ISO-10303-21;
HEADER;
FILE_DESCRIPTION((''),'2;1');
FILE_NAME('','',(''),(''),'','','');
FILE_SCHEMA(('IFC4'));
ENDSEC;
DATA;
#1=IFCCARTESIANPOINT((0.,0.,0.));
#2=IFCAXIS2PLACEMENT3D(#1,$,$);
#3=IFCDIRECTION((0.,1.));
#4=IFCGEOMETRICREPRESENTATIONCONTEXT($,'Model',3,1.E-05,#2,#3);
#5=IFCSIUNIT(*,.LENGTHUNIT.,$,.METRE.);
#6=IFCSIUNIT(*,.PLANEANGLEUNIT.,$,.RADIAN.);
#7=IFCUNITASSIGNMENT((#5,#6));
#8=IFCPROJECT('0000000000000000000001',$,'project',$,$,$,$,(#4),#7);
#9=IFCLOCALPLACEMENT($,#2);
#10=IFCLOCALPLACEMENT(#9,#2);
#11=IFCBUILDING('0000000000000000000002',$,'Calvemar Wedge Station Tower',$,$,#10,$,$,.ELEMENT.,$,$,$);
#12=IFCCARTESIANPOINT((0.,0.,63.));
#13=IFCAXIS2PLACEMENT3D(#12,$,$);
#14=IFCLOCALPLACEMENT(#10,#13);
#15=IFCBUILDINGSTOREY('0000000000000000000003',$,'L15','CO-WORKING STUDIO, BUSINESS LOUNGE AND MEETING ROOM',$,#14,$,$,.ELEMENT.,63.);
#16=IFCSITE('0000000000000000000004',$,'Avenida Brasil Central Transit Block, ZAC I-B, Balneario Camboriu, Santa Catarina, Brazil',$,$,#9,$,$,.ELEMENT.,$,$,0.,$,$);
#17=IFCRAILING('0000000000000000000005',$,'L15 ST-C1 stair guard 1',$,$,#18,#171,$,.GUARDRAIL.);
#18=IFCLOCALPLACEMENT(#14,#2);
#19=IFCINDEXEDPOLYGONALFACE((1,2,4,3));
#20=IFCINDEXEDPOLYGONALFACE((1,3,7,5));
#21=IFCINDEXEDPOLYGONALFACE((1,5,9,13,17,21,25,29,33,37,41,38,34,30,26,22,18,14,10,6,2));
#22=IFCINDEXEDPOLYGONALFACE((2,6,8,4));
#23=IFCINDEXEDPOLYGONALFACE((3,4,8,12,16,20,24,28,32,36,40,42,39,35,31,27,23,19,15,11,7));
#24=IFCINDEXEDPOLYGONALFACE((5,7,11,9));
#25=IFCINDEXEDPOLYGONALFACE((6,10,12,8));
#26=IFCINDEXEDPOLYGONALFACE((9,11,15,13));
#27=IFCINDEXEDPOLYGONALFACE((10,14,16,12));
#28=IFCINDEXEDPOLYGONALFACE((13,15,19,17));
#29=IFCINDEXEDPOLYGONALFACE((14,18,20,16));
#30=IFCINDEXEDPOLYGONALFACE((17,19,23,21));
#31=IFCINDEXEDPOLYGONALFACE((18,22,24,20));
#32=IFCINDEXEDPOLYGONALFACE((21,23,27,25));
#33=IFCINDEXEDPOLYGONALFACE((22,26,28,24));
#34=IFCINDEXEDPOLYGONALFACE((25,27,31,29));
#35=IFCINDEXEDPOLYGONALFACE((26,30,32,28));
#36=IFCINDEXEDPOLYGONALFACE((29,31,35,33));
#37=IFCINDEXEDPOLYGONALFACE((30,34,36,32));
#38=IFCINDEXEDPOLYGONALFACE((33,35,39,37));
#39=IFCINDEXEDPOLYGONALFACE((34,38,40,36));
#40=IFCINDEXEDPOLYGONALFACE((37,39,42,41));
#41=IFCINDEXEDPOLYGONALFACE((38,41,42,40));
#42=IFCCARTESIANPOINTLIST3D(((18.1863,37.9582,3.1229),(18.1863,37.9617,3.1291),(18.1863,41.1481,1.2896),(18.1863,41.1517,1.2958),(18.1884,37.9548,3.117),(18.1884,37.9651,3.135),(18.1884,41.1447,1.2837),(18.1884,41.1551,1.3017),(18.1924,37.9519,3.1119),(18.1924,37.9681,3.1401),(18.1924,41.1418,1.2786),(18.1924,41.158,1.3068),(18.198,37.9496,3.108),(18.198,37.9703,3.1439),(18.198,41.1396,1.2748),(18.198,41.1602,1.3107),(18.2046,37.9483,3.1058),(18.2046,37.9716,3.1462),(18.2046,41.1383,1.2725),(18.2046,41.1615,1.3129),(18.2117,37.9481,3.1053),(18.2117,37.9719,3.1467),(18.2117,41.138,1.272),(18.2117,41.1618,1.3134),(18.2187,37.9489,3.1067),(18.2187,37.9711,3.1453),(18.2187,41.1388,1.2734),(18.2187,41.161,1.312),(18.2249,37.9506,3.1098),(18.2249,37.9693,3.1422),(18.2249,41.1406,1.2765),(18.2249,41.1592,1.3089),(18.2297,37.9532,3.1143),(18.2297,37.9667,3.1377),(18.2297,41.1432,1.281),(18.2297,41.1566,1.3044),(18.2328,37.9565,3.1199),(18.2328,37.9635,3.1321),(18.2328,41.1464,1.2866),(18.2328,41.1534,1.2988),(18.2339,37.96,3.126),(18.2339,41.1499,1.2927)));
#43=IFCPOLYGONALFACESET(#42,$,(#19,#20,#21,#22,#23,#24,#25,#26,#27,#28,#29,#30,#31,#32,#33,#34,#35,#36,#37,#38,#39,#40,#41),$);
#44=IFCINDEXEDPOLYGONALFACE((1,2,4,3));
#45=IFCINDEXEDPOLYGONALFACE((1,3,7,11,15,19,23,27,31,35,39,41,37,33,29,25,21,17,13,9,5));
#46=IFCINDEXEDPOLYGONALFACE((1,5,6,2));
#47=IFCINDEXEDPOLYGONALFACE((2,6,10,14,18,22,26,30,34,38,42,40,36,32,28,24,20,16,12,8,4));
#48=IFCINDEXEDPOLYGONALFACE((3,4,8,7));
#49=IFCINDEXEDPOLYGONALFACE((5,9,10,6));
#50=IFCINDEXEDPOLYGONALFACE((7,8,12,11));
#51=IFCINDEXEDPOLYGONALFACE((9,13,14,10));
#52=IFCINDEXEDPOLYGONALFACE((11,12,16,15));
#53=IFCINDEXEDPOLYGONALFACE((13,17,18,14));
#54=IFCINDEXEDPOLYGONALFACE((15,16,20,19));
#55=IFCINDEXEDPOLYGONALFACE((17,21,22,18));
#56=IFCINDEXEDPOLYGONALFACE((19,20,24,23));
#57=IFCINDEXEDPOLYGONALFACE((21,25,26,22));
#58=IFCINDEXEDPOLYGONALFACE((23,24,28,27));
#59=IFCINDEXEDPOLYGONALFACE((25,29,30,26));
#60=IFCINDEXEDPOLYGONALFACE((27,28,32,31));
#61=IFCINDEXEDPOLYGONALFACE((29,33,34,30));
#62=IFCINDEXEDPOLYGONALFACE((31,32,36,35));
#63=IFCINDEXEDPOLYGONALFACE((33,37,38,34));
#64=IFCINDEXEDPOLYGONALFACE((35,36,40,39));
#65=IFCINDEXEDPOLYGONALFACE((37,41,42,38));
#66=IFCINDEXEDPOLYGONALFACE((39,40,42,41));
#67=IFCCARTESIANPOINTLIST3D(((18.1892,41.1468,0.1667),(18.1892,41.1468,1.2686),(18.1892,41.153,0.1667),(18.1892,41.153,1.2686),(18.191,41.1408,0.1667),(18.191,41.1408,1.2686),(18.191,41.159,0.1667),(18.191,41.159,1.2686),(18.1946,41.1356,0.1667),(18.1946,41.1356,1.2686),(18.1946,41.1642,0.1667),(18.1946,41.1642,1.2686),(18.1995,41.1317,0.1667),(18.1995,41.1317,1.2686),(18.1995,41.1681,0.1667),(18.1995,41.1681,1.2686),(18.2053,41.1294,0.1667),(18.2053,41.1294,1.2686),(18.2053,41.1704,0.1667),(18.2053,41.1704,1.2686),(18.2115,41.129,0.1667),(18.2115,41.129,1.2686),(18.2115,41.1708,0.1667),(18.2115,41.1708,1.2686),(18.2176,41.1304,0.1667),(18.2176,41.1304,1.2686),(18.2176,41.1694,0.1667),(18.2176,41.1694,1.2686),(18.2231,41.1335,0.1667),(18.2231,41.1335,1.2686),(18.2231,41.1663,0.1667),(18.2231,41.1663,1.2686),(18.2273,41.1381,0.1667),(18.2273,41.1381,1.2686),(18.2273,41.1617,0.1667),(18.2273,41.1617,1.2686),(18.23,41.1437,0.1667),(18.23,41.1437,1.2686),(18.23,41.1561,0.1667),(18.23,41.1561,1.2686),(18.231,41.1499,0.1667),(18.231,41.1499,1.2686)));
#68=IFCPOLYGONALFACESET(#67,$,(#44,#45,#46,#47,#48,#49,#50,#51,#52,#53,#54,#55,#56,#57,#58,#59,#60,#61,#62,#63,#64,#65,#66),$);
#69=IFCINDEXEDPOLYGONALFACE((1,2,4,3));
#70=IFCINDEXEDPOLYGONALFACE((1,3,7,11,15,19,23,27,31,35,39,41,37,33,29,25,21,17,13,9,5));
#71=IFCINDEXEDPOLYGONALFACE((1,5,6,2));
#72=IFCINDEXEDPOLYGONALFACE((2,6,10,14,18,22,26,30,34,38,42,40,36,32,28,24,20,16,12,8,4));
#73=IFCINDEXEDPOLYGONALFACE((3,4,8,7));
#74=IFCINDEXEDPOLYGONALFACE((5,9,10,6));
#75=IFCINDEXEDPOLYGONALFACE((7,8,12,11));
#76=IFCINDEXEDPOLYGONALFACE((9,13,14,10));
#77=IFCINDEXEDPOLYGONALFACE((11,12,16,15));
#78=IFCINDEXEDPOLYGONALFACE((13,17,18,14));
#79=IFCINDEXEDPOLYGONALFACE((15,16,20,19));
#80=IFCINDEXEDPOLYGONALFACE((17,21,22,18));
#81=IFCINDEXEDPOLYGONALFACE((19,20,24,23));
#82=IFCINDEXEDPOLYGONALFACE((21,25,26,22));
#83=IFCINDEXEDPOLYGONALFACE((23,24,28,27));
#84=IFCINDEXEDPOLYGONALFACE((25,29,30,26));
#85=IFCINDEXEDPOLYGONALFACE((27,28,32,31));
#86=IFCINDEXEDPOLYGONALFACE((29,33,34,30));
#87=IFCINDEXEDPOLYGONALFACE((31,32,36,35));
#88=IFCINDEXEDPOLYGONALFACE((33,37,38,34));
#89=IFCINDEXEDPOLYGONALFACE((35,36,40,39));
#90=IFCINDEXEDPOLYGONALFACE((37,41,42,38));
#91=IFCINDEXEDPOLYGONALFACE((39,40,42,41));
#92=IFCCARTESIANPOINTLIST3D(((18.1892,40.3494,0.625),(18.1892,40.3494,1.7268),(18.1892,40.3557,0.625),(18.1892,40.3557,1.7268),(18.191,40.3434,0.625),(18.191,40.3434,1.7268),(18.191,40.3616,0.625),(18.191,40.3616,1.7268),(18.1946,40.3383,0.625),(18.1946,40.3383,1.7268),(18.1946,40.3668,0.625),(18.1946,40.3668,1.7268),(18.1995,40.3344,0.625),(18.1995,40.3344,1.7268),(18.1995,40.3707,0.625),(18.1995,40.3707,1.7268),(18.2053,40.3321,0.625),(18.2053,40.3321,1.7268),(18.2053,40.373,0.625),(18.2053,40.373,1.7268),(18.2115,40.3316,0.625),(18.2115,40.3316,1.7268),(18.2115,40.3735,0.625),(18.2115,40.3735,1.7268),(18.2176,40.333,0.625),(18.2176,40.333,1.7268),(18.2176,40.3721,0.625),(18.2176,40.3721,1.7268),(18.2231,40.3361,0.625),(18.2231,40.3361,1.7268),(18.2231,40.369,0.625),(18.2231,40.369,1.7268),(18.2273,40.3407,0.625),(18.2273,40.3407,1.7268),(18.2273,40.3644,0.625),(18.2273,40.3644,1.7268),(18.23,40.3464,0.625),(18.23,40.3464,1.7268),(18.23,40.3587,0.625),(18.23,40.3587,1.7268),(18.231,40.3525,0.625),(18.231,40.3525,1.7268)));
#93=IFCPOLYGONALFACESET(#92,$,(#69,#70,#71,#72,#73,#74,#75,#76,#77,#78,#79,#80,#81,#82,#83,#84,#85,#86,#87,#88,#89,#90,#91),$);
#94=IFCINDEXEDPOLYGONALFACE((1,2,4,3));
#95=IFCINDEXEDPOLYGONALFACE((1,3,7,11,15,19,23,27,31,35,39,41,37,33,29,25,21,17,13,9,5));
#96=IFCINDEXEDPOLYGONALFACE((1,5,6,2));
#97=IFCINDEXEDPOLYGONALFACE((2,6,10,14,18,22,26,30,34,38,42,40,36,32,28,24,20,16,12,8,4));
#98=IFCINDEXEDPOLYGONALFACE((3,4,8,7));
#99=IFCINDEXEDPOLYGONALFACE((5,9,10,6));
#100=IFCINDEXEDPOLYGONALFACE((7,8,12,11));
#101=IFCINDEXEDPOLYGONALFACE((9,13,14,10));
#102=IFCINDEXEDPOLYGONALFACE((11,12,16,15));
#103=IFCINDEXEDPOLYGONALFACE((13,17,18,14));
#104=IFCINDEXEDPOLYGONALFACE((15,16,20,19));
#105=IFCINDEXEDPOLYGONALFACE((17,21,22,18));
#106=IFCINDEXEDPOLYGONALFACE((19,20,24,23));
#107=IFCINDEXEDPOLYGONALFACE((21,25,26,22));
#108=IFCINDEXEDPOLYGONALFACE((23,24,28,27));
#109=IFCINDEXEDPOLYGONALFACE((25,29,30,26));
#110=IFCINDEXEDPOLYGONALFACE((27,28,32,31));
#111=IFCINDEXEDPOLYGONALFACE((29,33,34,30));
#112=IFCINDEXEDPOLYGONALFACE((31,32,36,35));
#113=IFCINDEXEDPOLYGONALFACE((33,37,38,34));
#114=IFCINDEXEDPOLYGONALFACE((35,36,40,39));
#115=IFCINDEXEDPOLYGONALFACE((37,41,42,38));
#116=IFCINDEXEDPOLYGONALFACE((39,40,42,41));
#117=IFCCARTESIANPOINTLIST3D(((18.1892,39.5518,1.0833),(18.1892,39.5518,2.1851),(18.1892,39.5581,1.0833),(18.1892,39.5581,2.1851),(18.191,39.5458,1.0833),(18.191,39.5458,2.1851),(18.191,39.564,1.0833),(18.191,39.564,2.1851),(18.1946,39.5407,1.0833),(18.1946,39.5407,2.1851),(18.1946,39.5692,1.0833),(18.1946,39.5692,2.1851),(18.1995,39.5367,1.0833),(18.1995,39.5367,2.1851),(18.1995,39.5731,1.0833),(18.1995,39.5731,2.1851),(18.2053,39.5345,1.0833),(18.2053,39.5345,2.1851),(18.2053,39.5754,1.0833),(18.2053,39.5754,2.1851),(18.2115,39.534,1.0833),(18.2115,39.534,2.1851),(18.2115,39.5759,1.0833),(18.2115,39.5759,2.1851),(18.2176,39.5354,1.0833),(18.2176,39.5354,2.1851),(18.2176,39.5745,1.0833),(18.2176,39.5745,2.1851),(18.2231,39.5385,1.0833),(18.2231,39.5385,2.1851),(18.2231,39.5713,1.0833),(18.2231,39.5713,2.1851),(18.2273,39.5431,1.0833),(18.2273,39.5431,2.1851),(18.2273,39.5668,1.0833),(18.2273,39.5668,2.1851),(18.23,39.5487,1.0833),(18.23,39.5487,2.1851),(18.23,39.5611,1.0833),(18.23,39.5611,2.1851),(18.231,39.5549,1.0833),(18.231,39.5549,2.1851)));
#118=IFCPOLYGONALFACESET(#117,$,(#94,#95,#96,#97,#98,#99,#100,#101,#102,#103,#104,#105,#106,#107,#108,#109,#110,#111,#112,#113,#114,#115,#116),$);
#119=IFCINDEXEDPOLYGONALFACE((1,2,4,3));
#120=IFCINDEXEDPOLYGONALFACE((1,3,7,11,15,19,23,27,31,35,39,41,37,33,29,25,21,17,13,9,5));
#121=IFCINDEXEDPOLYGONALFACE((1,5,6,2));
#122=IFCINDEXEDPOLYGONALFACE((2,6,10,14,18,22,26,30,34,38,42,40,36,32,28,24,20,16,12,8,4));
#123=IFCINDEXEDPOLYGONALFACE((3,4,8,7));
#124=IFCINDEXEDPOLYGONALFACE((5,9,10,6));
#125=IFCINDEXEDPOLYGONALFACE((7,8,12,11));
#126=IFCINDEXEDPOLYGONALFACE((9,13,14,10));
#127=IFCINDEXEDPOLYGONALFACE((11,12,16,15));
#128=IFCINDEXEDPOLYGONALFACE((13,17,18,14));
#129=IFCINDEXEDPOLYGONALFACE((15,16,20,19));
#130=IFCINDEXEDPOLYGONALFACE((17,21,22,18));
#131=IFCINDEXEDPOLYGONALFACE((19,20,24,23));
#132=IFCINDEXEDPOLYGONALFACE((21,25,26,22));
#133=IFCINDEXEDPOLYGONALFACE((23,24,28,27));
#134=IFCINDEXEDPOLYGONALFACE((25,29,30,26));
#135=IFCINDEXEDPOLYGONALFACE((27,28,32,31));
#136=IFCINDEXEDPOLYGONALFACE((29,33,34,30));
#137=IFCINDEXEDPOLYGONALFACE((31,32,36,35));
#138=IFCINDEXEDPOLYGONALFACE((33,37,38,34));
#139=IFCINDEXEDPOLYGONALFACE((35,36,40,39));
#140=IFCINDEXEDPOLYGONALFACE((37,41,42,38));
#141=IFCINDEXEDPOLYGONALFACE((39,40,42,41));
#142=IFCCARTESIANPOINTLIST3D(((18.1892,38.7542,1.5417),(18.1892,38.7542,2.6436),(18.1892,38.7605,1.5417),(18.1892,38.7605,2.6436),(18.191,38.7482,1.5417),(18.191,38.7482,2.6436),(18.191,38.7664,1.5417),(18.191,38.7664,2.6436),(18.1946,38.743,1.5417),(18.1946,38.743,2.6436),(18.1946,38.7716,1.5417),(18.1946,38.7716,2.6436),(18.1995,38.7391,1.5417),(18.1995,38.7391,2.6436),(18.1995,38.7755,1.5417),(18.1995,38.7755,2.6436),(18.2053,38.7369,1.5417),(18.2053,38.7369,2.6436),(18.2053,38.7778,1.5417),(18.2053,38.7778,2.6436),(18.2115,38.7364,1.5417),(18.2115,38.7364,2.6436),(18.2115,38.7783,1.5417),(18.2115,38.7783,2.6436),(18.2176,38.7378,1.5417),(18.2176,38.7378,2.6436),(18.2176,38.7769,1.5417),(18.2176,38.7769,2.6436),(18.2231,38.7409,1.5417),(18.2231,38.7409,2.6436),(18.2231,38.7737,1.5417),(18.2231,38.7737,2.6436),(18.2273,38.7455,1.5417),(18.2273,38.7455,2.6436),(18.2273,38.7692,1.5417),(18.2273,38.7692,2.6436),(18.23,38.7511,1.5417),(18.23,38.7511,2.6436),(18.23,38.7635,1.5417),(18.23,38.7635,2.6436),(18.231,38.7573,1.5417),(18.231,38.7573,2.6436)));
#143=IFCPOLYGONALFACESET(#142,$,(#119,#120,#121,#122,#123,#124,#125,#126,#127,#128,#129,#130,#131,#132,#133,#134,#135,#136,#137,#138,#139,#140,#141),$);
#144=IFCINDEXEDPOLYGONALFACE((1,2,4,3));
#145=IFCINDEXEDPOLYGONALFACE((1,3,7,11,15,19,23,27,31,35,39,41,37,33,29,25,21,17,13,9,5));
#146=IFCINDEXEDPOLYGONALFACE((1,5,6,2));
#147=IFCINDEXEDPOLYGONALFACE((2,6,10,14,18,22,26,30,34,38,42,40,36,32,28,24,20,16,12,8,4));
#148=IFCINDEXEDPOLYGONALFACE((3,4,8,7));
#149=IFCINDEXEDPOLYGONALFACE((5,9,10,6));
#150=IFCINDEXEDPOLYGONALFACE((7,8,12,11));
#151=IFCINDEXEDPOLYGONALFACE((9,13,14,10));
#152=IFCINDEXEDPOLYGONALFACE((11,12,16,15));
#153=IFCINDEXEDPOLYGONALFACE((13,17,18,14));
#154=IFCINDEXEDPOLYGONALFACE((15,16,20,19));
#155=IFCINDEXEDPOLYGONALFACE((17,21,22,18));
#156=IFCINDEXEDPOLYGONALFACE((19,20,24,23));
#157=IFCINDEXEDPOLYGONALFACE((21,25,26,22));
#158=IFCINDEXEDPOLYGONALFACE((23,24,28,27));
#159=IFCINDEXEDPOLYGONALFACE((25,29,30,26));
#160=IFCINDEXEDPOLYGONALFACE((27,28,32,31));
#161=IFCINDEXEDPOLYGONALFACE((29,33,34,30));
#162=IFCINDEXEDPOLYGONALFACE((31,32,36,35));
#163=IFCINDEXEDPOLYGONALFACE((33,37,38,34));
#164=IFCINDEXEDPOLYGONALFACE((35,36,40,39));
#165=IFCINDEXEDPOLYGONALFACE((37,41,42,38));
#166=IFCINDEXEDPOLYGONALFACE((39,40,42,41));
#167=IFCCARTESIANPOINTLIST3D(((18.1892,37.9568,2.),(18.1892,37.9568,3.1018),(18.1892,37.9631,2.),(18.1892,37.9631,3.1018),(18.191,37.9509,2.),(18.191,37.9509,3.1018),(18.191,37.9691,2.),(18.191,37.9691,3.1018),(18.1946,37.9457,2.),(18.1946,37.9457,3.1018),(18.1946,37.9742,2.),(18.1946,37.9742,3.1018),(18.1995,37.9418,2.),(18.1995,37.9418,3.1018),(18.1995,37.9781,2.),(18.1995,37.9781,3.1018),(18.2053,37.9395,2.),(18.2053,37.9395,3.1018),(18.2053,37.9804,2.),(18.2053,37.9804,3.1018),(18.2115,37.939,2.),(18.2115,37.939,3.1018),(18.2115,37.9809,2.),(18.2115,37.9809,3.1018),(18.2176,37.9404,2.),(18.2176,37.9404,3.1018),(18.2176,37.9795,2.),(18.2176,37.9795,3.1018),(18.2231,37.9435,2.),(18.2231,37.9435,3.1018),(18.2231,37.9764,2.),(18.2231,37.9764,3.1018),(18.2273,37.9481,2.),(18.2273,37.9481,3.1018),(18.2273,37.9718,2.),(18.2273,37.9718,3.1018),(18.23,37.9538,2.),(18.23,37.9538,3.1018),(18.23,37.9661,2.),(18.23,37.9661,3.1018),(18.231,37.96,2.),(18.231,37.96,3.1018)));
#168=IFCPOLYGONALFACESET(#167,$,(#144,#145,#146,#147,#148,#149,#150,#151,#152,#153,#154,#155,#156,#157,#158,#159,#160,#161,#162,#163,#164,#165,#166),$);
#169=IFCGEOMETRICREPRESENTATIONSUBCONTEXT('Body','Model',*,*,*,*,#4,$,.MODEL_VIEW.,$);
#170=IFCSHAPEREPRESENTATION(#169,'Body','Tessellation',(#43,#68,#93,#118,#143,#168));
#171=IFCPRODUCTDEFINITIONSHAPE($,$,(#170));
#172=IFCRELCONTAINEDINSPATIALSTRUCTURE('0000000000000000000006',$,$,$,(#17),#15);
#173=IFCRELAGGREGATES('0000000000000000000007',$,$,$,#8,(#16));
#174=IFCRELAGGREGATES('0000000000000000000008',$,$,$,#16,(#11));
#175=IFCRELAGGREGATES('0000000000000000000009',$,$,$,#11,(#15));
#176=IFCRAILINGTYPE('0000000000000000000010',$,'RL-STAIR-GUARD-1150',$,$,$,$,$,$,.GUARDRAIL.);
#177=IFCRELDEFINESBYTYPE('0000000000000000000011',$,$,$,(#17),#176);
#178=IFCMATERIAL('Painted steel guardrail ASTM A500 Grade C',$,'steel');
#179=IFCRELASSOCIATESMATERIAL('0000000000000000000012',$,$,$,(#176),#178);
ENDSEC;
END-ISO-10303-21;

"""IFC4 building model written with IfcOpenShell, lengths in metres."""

from ifc_helpers import new_model, si_unit, direction, frame, origin, origin_2d, place, context, subcontext, project, spatial, circle, extrude, material, type_object, element, save


model = new_model("IFC4")

# Units and contexts
model_context = context("Model", 3, precision=1e-05, world=origin(), true_north=direction((0.0, 1.0)))
body_context = subcontext(model_context, "Body", "Model", "MODEL_VIEW")
ifc_project = project(units=[si_unit("LENGTHUNIT", "METRE"), si_unit("PLANEANGLEUNIT", "RADIAN")], contexts=[model_context])

# Site, building, storey
site_placement = place(None, origin())
site = spatial("IfcSite", under=ifc_project, at=site_placement, Name="Avenida Brasil Central Transit Block, ZAC I-B, Balneario Camboriu, Santa Catarina, Brazil", CompositionType="ELEMENT", RefElevation=0.0)
building_placement = place(site_placement, origin())
building = spatial("IfcBuilding", under=site, at=building_placement, Name="Calvemar Wedge Station Tower", CompositionType="ELEMENT")
storey_placement = place(building_placement, frame((0.0, 0.0, 63.0)))
storey = spatial("IfcBuildingStorey", under=building, at=storey_placement, Name="L15", Description="CO-WORKING STUDIO, BUSINESS LOUNGE AND MEETING ROOM", CompositionType="ELEMENT", Elevation=63.0)

# Railing
ifc_material_1 = material(Name="Painted steel guardrail ASTM A500 Grade C", Category="steel")
railing_type_1 = type_object("IfcRailingType", Name="RL-STAIR-GUARD-1150", PredefinedType="GUARDRAIL", material=ifc_material_1)
railing_1_placement = place(storey_placement, frame((18.21, 41.1499, 0.1667)))
element("IfcRailing", 1, at=railing_1_placement, inside=storey, type_object=railing_type_1, Name="L15 ST-C1 stair guard 1", PredefinedType="GUARDRAIL", context=body_context, shape_type="SweptSolid", body=[
    extrude(circle(Radius=0.0239, at=origin_2d()), frame((0.0, 0.0, 1.126), z_axis=(0.0, -0.86702, 0.498274), x_axis=(1.0, 0.0, 0.0)), (0.0, 0.0, 1.0), 3.6792),
    extrude(circle(Radius=0.021, at=origin_2d()), origin(), (0.0, 0.0, 1.0), 1.1018),
    extrude(circle(Radius=0.021, at=origin_2d()), frame((0.0, -0.7974, 0.4583)), (0.0, 0.0, 1.0), 1.1018),
    extrude(circle(Radius=0.021, at=origin_2d()), frame((0.0, -1.595, 0.9165)), (0.0, 0.0, 1.0), 1.1018),
    extrude(circle(Radius=0.021, at=origin_2d()), frame((0.0, -2.3926, 1.375)), (0.0, 0.0, 1.0), 1.1018),
    extrude(circle(Radius=0.021, at=origin_2d()), frame((0.0, -3.1899, 1.8333)), (0.0, 0.0, 1.0), 1.1018),
])

save(model, "model.ifc")
